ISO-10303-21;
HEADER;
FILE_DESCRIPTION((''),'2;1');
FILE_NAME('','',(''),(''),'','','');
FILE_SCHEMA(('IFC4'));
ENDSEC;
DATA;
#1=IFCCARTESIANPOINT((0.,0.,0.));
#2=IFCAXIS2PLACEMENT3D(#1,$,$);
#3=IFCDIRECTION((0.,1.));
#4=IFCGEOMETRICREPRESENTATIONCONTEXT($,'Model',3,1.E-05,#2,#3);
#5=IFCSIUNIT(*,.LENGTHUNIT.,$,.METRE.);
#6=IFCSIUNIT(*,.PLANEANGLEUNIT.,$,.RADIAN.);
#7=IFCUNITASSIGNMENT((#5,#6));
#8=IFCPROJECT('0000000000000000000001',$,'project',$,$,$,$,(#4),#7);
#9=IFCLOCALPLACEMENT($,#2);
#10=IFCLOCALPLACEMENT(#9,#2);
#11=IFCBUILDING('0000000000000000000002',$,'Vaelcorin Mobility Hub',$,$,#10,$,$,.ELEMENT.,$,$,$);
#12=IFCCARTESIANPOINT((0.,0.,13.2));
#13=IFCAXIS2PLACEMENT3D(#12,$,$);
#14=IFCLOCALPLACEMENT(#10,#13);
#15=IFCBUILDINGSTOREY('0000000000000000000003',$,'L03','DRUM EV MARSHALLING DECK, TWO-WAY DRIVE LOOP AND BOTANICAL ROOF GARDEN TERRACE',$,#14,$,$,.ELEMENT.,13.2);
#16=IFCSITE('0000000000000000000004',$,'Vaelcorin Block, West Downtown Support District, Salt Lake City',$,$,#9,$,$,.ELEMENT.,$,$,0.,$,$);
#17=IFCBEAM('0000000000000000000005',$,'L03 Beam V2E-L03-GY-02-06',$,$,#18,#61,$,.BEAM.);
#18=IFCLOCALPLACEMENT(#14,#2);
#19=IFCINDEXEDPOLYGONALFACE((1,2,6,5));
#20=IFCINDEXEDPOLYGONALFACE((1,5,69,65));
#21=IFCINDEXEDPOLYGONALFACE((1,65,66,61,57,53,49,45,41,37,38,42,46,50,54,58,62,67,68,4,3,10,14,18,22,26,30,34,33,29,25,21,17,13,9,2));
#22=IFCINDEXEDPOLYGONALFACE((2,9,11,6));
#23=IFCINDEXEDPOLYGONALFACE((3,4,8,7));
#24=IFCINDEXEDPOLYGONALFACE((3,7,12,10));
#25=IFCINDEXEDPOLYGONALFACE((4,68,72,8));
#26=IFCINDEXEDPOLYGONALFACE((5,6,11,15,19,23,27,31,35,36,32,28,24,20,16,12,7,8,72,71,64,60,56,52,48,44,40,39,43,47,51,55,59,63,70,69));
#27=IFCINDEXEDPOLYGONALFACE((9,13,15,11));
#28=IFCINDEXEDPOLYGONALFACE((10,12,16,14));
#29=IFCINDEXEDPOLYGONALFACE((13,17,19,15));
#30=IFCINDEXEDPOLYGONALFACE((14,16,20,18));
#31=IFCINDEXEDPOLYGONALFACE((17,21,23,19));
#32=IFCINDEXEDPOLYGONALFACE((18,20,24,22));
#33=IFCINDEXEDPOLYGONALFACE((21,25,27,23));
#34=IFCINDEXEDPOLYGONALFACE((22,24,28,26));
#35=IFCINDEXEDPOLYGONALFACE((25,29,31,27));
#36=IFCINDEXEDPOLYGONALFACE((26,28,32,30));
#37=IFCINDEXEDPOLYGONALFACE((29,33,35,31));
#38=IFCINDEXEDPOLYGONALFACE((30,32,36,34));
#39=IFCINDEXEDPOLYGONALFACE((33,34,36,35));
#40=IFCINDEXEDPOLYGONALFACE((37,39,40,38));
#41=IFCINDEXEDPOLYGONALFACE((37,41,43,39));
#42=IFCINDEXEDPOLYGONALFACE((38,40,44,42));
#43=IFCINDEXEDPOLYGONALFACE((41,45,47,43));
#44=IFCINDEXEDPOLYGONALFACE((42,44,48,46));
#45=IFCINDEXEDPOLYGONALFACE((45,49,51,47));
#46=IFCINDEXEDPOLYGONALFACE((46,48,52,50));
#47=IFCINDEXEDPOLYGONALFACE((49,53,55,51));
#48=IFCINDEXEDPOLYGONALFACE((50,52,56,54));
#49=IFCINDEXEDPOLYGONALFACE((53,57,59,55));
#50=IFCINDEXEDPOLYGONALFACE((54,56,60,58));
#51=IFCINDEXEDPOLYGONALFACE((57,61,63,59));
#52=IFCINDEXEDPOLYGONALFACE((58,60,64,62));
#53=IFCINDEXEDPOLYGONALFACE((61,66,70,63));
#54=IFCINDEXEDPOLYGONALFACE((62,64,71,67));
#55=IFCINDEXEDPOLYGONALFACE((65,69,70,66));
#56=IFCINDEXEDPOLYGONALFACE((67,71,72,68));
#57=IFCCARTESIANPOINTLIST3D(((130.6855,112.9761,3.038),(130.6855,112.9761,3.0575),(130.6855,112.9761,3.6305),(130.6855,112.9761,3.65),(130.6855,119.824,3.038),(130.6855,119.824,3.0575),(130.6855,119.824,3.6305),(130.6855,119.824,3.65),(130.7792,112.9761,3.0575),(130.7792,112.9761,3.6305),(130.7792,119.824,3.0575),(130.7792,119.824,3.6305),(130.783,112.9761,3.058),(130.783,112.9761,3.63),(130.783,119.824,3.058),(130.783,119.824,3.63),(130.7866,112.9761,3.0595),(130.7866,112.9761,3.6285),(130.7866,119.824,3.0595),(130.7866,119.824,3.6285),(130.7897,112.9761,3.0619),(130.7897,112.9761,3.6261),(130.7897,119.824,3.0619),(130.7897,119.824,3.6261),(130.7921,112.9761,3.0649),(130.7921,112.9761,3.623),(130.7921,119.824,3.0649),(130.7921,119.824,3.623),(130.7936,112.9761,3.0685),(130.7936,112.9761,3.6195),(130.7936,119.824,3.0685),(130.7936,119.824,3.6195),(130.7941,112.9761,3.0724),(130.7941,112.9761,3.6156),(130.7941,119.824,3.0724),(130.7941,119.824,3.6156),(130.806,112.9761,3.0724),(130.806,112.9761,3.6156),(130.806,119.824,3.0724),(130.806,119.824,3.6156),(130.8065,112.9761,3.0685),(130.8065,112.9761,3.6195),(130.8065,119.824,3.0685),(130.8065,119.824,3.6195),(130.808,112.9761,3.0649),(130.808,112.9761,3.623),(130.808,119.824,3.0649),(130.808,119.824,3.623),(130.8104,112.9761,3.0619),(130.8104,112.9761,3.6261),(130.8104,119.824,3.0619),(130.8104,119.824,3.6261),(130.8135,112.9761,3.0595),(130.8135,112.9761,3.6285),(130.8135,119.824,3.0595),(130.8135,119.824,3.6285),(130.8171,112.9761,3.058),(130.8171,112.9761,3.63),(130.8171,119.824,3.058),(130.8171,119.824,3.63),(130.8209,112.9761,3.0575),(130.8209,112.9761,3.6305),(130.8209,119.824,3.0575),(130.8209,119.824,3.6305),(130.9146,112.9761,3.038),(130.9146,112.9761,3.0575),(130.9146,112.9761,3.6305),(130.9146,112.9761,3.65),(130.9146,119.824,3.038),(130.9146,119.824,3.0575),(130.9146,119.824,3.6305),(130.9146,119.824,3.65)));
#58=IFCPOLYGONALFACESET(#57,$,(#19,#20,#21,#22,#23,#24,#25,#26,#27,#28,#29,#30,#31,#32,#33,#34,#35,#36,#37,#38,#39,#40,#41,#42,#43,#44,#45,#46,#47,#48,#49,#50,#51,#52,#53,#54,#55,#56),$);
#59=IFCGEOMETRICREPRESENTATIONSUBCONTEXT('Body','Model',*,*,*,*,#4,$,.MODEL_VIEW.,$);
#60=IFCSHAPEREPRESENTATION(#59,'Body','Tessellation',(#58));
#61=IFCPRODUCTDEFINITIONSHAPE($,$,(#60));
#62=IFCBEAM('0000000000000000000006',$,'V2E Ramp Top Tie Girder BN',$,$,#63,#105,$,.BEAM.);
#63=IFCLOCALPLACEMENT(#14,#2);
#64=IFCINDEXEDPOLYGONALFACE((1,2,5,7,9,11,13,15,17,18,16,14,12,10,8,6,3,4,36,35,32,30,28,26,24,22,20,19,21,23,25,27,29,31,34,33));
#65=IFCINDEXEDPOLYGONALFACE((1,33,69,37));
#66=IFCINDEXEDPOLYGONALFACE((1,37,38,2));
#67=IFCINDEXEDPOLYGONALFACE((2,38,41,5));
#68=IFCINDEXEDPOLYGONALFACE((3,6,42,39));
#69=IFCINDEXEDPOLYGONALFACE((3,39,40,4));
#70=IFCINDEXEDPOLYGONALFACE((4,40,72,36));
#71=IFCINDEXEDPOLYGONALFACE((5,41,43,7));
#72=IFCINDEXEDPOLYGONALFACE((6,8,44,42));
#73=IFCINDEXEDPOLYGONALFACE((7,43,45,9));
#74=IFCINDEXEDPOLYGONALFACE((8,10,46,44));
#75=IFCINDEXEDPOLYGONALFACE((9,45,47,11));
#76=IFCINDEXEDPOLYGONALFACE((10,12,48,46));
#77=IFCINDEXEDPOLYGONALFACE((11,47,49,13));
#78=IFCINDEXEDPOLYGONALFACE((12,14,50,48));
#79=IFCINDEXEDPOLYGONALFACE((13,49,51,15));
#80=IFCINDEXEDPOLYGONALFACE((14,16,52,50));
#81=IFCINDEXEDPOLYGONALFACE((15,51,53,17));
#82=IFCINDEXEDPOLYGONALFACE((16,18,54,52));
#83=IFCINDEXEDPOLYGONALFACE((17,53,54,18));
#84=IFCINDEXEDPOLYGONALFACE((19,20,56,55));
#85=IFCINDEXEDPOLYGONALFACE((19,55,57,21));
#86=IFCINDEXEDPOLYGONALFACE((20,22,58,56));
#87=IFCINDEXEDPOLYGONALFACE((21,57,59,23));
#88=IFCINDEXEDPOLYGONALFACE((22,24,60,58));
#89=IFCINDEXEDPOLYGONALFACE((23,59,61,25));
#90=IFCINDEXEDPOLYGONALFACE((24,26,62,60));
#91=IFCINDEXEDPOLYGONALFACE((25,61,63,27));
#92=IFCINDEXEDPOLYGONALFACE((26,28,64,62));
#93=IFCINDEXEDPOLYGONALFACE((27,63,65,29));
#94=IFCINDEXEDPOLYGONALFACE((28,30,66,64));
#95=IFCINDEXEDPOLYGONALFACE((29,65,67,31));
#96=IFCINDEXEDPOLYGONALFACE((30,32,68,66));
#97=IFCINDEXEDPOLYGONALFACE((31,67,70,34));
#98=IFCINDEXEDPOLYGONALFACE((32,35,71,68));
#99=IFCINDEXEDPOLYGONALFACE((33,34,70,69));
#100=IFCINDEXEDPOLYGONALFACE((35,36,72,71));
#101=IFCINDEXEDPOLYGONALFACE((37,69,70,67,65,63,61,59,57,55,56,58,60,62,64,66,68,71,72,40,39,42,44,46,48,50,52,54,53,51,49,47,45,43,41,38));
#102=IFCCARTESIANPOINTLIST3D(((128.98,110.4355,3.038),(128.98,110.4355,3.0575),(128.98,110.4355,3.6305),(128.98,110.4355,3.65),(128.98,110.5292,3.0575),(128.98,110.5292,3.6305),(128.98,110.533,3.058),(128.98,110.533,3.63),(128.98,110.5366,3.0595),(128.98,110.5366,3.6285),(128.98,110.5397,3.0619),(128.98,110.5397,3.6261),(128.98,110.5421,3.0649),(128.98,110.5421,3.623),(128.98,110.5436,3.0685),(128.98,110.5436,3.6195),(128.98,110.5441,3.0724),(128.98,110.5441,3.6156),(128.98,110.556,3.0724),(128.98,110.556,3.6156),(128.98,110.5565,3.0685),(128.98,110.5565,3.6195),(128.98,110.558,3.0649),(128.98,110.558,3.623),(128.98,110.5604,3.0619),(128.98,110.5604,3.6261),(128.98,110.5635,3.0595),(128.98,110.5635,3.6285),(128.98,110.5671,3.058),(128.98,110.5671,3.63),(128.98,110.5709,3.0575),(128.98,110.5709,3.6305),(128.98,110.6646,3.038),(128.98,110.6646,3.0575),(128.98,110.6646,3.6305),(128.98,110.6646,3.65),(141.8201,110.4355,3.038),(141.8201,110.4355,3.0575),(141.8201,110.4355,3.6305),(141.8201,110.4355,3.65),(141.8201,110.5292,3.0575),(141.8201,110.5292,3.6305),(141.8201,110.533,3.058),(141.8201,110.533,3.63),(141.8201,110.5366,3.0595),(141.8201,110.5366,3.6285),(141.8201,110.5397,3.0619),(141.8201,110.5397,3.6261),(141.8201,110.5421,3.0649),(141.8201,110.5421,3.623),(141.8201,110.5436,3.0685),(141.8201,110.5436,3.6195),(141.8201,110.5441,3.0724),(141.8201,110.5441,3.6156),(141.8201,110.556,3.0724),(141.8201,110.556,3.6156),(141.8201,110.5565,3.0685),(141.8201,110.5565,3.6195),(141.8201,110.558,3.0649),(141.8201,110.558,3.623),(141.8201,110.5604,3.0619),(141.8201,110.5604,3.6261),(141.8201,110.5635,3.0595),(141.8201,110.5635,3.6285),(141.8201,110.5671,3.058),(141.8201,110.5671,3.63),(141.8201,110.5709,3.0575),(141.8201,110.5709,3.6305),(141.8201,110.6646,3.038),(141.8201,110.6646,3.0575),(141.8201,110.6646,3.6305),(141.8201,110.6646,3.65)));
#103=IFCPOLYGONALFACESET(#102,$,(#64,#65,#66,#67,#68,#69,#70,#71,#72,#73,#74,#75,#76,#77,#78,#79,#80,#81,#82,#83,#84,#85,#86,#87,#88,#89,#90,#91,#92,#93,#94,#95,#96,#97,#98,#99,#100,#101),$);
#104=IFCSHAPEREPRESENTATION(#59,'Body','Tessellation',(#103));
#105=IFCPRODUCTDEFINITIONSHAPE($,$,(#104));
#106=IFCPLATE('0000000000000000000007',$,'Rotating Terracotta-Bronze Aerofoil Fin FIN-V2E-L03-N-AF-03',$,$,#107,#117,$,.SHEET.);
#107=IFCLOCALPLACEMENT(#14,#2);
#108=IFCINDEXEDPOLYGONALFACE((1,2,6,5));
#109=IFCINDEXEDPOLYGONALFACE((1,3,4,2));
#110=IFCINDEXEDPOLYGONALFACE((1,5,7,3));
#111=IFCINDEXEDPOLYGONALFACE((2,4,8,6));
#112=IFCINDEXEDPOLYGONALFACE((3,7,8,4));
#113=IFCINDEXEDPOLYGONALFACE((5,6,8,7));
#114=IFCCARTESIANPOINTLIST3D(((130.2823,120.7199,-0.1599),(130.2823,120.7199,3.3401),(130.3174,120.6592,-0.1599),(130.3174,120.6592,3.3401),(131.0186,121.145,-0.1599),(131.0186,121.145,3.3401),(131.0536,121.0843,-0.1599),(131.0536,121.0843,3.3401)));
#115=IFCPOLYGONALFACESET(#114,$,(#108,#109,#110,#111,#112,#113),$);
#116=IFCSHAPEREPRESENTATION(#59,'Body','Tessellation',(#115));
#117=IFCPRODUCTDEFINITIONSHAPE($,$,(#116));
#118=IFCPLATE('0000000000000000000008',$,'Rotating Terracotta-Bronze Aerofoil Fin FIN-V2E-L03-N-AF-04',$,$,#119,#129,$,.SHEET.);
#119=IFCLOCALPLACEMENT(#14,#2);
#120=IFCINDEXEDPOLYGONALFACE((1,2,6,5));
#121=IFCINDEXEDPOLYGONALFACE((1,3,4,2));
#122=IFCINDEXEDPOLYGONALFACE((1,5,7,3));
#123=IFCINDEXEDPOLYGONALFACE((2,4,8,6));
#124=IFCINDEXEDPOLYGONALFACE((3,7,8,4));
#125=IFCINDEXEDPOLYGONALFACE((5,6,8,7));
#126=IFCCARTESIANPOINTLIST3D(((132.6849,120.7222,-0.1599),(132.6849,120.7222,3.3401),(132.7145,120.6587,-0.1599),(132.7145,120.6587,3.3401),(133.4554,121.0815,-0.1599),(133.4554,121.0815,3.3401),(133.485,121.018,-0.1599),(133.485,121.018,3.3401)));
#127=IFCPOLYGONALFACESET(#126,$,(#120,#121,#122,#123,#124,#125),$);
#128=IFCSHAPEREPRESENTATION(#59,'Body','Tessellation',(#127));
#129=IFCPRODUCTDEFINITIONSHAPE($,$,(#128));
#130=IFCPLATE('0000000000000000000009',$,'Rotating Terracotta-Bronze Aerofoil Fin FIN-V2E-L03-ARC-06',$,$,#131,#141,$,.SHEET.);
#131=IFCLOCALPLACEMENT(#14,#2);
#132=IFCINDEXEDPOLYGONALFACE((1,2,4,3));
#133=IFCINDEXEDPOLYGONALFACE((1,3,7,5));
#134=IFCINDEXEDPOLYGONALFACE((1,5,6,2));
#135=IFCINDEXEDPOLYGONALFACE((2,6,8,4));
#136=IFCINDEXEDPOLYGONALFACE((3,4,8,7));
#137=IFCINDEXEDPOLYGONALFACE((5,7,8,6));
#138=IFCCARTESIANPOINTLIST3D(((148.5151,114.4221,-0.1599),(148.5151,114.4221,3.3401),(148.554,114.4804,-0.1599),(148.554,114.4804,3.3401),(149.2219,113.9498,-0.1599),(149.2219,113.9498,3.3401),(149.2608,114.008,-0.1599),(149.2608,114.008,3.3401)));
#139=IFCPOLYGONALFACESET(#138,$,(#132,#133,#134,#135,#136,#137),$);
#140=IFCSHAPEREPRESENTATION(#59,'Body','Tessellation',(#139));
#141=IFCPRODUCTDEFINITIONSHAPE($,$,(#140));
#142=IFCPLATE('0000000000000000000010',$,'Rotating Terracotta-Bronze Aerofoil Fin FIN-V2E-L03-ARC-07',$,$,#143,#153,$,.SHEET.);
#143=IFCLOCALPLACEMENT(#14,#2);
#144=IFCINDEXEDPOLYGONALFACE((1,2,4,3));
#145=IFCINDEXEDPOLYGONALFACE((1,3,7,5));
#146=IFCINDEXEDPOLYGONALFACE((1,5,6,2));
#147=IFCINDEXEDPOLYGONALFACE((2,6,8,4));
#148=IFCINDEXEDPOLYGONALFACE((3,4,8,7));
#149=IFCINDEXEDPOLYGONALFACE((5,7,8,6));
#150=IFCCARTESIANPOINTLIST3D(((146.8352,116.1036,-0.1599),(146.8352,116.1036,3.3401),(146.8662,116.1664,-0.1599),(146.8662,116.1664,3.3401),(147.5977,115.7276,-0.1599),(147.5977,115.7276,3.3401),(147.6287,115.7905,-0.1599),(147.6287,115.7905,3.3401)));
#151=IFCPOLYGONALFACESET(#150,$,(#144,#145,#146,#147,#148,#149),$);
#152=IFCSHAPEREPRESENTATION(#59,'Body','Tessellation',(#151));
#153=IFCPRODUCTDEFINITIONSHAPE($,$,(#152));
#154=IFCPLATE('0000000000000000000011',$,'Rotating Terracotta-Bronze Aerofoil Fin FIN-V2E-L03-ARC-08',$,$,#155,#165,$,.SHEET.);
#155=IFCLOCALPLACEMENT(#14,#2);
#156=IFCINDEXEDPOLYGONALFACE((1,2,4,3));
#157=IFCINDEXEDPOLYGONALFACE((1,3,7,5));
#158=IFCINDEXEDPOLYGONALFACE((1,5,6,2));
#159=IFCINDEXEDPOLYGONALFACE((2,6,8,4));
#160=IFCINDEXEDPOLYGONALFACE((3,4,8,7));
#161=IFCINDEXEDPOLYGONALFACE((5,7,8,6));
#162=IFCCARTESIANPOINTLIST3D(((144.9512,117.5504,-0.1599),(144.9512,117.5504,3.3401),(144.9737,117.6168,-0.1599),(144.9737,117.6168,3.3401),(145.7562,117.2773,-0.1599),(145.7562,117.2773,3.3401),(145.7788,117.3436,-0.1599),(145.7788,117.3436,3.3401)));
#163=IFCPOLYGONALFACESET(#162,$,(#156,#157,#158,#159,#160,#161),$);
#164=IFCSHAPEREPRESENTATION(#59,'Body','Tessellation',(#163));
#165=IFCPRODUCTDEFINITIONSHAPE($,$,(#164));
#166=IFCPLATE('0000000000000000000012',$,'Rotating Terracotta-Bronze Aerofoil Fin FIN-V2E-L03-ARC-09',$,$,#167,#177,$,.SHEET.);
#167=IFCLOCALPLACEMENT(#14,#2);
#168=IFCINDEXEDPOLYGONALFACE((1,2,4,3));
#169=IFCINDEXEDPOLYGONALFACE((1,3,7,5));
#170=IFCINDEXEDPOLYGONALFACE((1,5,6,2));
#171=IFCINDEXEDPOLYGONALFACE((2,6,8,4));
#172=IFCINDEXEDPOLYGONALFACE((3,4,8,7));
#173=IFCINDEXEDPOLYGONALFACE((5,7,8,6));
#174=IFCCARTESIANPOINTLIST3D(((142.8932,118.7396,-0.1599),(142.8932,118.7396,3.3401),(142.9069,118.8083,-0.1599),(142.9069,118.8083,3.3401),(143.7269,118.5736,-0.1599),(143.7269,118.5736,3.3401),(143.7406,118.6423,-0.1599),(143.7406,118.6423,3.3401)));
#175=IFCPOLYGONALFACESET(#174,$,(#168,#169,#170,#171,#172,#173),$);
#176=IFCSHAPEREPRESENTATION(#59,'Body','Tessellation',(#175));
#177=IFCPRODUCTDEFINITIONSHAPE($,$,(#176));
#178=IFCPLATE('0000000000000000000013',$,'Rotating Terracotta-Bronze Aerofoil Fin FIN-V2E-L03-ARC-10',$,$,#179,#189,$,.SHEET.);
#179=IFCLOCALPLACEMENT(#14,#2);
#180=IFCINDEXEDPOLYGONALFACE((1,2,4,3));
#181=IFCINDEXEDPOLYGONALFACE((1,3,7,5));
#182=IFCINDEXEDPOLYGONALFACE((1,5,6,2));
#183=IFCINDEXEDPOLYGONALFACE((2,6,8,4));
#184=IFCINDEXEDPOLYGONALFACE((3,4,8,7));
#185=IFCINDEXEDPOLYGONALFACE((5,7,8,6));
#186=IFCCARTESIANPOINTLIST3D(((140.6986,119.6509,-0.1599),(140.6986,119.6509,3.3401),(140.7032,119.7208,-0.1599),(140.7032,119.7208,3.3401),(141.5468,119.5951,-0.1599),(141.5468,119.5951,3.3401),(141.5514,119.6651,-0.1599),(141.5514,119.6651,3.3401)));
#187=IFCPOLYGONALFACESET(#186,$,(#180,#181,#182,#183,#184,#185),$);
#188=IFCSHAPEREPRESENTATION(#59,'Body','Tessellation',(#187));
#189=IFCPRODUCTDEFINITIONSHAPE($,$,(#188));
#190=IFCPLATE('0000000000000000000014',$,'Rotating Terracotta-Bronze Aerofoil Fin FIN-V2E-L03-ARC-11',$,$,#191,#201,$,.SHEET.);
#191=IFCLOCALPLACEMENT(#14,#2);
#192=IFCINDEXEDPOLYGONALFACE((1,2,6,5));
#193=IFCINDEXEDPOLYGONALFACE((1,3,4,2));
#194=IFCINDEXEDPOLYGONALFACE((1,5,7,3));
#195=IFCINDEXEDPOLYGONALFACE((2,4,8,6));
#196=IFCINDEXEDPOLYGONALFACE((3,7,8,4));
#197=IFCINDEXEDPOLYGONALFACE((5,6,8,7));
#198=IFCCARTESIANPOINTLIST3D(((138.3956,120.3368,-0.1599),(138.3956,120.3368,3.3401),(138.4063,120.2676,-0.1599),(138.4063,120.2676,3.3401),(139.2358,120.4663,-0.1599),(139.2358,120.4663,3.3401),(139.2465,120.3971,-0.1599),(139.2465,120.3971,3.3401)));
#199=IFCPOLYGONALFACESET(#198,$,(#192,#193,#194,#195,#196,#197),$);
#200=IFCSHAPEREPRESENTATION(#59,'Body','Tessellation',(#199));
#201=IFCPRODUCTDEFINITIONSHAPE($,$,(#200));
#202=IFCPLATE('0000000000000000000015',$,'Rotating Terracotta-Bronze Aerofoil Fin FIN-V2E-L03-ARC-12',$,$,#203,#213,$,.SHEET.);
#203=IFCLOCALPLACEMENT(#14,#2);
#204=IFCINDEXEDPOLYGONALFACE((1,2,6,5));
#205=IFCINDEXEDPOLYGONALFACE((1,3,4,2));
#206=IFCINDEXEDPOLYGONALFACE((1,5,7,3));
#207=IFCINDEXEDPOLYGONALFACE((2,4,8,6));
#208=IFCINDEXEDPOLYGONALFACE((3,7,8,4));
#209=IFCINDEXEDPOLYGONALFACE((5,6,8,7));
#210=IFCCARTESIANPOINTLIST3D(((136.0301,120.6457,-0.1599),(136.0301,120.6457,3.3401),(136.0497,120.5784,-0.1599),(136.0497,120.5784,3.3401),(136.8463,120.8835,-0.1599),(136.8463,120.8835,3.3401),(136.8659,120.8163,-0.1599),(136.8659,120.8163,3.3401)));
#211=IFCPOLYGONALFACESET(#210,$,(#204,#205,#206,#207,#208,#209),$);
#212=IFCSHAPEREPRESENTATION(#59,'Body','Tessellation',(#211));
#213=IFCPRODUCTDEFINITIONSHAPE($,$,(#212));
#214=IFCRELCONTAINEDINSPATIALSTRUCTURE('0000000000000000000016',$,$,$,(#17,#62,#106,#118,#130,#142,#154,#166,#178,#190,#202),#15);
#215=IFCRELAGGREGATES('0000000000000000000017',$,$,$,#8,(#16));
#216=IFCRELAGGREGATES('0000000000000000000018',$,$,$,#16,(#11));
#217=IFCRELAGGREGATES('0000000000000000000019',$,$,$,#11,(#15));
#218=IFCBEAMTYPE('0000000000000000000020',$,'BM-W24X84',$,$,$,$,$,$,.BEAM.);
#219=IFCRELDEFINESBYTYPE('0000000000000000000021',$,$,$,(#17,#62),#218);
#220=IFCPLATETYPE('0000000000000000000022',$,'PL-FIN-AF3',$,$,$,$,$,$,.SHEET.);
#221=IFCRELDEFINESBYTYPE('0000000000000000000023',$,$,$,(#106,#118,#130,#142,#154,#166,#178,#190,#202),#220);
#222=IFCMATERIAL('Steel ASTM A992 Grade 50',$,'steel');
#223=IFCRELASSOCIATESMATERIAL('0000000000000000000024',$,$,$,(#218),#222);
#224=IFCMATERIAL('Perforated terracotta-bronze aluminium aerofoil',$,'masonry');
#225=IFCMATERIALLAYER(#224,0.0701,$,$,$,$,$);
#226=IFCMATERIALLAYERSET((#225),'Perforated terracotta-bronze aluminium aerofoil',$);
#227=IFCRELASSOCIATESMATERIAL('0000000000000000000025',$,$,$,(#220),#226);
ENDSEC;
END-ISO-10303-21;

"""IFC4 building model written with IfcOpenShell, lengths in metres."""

from ifc_helpers import new_model, si_unit, direction, frame, origin, origin_2d, place, context, subcontext, project, spatial, rectangle, i_section, extrude, material, layer, layer_set, material_profile, profile_set, type_object, element, save


model = new_model("IFC4")

# Units and contexts
model_context = context("Model", 3, precision=1e-05, world=origin(), true_north=direction((0.0, 1.0)))
body_context = subcontext(model_context, "Body", "Model", "MODEL_VIEW")
ifc_project = project(units=[si_unit("LENGTHUNIT", "METRE"), si_unit("PLANEANGLEUNIT", "RADIAN")], contexts=[model_context])

# Site, building, storey
site_placement = place(None, origin())
site = spatial("IfcSite", under=ifc_project, at=site_placement, Name="Vaelcorin Block, West Downtown Support District, Salt Lake City", CompositionType="ELEMENT", RefElevation=0.0)
building_placement = place(site_placement, origin())
building = spatial("IfcBuilding", under=site, at=building_placement, Name="Vaelcorin Mobility Hub", CompositionType="ELEMENT")
storey_placement = place(building_placement, frame((0.0, 0.0, 13.2)))
storey = spatial("IfcBuildingStorey", under=building, at=storey_placement, Name="L03", Description="DRUM EV MARSHALLING DECK, TWO-WAY DRIVE LOOP AND BOTANICAL ROOF GARDEN TERRACE", CompositionType="ELEMENT", Elevation=13.2)

# Shared definitions
ifc_material_1 = material(Name="Steel ASTM A992 Grade 50", Category="steel")

# Beams
ifc_material_profile_1 = material_profile(ifc_material_1, i_section(OverallWidth=0.229, OverallDepth=0.6121, WebThickness=0.012, FlangeThickness=0.0195, FilletRadius=0.0149, at=origin_2d()), Name="W24X84")
ifc_profile_set_1 = profile_set([ifc_material_profile_1], Name="Steel ASTM A992 Grade 50")
beam_type_1 = type_object("IfcBeamType", Name="BM-W24X84", PredefinedType="BEAM", material=ifc_profile_set_1)
beam_1_placement = place(storey_placement, frame((130.8, 112.9761, 3.344), z_axis=(0.0, 1.0, 0.0), x_axis=(-1.0, 0.0, 0.0)))
element("IfcBeam", 1, at=beam_1_placement, inside=storey, type_object=beam_type_1, Name="L03 Beam V2E-L03-GY-02-06", PredefinedType="BEAM", context=body_context, shape_type="SweptSolid", body=[
    extrude(i_section(OverallWidth=0.229, OverallDepth=0.6121, WebThickness=0.012, FlangeThickness=0.0195, FilletRadius=0.0149, at=origin_2d()), origin(), (0.0, 0.0, 1.0), 6.8479),
])
beam_2_placement = place(storey_placement, frame((128.98, 110.55, 3.344), z_axis=(1.0, 0.0, 0.0), x_axis=(0.0, 1.0, 0.0)))
element("IfcBeam", 2, at=beam_2_placement, inside=storey, type_object=beam_type_1, Name="V2E Ramp Top Tie Girder BN", PredefinedType="BEAM", context=body_context, shape_type="SweptSolid", body=[
    extrude(i_section(OverallWidth=0.229, OverallDepth=0.6121, WebThickness=0.012, FlangeThickness=0.0195, FilletRadius=0.0149, at=origin_2d()), origin(), (0.0, 0.0, 1.0), 12.8401),
])

# Plates
ifc_material_2 = material(Name="Perforated terracotta-bronze aluminium aerofoil", Category="masonry")
ifc_layer_1 = layer(ifc_material_2, 0.0701)
ifc_layer_set_1 = layer_set([ifc_layer_1], Name="Perforated terracotta-bronze aluminium aerofoil")
plate_type = type_object("IfcPlateType", Name="PL-FIN-AF3", PredefinedType="SHEET", material=ifc_layer_set_1)
for number, where, z_axis, x_axis, name in (
    (3, (130.668, 120.9021, -0.1599), (0.0, 0.0, 1.0), (0.866025, 0.5, 0.0), "Rotating Terracotta-Bronze Aerofoil Fin FIN-V2E-L03-N-AF-03"),
    (4, (133.085, 120.8701, -0.1599), (0.0, 0.0, 1.0), (0.906308, 0.422618, 0.0), "Rotating Terracotta-Bronze Aerofoil Fin FIN-V2E-L03-N-AF-04"),
    (5, (148.8879, 114.2151, -0.1599), (0.0, 0.0, 1.0), (0.831421, -0.555643, 0.0), "Rotating Terracotta-Bronze Aerofoil Fin FIN-V2E-L03-ARC-06"),
    (6, (147.2319, 115.947, -0.1599), (0.0, 0.0, 1.0), (0.896911, -0.44221, 0.0), "Rotating Terracotta-Bronze Aerofoil Fin FIN-V2E-L03-ARC-07"),
    (7, (145.365, 117.447, -0.1599), (0.0, 0.0, 1.0), (0.946964, -0.32134, 0.0), "Rotating Terracotta-Bronze Aerofoil Fin FIN-V2E-L03-ARC-08"),
    (8, (143.3169, 118.6909, -0.1599), (0.0, 0.0, 1.0), (0.980751, -0.195261, 0.0), "Rotating Terracotta-Bronze Aerofoil Fin FIN-V2E-L03-ARC-09"),
    (9, (141.125, 119.658, -0.1599), (0.0, 0.0, 1.0), (0.99785, -0.065542, 0.0), "Rotating Terracotta-Bronze Aerofoil Fin FIN-V2E-L03-ARC-10"),
    (10, (138.821, 120.3669, -0.1599), (0.0, 0.0, 1.0), (0.98833, 0.15233, 0.0), "Rotating Terracotta-Bronze Aerofoil Fin FIN-V2E-L03-ARC-11"),
    (11, (136.448, 120.731, -0.1599), (0.0, 0.0, 1.0), (0.960055, 0.279812, 0.0), "Rotating Terracotta-Bronze Aerofoil Fin FIN-V2E-L03-ARC-12"),
):
    element("IfcPlate", number, at=place(storey_placement, frame(where, z_axis=z_axis, x_axis=x_axis)), inside=storey, type_object=plate_type, Name=name, PredefinedType="SHEET", context=body_context, shape_type="SweptSolid", body=[
        extrude(rectangle(XDim=0.8501, YDim=0.0701, at=origin_2d()), origin(), (0.0, 0.0, 1.0), 3.5),
    ])

save(model, "model.ifc")
